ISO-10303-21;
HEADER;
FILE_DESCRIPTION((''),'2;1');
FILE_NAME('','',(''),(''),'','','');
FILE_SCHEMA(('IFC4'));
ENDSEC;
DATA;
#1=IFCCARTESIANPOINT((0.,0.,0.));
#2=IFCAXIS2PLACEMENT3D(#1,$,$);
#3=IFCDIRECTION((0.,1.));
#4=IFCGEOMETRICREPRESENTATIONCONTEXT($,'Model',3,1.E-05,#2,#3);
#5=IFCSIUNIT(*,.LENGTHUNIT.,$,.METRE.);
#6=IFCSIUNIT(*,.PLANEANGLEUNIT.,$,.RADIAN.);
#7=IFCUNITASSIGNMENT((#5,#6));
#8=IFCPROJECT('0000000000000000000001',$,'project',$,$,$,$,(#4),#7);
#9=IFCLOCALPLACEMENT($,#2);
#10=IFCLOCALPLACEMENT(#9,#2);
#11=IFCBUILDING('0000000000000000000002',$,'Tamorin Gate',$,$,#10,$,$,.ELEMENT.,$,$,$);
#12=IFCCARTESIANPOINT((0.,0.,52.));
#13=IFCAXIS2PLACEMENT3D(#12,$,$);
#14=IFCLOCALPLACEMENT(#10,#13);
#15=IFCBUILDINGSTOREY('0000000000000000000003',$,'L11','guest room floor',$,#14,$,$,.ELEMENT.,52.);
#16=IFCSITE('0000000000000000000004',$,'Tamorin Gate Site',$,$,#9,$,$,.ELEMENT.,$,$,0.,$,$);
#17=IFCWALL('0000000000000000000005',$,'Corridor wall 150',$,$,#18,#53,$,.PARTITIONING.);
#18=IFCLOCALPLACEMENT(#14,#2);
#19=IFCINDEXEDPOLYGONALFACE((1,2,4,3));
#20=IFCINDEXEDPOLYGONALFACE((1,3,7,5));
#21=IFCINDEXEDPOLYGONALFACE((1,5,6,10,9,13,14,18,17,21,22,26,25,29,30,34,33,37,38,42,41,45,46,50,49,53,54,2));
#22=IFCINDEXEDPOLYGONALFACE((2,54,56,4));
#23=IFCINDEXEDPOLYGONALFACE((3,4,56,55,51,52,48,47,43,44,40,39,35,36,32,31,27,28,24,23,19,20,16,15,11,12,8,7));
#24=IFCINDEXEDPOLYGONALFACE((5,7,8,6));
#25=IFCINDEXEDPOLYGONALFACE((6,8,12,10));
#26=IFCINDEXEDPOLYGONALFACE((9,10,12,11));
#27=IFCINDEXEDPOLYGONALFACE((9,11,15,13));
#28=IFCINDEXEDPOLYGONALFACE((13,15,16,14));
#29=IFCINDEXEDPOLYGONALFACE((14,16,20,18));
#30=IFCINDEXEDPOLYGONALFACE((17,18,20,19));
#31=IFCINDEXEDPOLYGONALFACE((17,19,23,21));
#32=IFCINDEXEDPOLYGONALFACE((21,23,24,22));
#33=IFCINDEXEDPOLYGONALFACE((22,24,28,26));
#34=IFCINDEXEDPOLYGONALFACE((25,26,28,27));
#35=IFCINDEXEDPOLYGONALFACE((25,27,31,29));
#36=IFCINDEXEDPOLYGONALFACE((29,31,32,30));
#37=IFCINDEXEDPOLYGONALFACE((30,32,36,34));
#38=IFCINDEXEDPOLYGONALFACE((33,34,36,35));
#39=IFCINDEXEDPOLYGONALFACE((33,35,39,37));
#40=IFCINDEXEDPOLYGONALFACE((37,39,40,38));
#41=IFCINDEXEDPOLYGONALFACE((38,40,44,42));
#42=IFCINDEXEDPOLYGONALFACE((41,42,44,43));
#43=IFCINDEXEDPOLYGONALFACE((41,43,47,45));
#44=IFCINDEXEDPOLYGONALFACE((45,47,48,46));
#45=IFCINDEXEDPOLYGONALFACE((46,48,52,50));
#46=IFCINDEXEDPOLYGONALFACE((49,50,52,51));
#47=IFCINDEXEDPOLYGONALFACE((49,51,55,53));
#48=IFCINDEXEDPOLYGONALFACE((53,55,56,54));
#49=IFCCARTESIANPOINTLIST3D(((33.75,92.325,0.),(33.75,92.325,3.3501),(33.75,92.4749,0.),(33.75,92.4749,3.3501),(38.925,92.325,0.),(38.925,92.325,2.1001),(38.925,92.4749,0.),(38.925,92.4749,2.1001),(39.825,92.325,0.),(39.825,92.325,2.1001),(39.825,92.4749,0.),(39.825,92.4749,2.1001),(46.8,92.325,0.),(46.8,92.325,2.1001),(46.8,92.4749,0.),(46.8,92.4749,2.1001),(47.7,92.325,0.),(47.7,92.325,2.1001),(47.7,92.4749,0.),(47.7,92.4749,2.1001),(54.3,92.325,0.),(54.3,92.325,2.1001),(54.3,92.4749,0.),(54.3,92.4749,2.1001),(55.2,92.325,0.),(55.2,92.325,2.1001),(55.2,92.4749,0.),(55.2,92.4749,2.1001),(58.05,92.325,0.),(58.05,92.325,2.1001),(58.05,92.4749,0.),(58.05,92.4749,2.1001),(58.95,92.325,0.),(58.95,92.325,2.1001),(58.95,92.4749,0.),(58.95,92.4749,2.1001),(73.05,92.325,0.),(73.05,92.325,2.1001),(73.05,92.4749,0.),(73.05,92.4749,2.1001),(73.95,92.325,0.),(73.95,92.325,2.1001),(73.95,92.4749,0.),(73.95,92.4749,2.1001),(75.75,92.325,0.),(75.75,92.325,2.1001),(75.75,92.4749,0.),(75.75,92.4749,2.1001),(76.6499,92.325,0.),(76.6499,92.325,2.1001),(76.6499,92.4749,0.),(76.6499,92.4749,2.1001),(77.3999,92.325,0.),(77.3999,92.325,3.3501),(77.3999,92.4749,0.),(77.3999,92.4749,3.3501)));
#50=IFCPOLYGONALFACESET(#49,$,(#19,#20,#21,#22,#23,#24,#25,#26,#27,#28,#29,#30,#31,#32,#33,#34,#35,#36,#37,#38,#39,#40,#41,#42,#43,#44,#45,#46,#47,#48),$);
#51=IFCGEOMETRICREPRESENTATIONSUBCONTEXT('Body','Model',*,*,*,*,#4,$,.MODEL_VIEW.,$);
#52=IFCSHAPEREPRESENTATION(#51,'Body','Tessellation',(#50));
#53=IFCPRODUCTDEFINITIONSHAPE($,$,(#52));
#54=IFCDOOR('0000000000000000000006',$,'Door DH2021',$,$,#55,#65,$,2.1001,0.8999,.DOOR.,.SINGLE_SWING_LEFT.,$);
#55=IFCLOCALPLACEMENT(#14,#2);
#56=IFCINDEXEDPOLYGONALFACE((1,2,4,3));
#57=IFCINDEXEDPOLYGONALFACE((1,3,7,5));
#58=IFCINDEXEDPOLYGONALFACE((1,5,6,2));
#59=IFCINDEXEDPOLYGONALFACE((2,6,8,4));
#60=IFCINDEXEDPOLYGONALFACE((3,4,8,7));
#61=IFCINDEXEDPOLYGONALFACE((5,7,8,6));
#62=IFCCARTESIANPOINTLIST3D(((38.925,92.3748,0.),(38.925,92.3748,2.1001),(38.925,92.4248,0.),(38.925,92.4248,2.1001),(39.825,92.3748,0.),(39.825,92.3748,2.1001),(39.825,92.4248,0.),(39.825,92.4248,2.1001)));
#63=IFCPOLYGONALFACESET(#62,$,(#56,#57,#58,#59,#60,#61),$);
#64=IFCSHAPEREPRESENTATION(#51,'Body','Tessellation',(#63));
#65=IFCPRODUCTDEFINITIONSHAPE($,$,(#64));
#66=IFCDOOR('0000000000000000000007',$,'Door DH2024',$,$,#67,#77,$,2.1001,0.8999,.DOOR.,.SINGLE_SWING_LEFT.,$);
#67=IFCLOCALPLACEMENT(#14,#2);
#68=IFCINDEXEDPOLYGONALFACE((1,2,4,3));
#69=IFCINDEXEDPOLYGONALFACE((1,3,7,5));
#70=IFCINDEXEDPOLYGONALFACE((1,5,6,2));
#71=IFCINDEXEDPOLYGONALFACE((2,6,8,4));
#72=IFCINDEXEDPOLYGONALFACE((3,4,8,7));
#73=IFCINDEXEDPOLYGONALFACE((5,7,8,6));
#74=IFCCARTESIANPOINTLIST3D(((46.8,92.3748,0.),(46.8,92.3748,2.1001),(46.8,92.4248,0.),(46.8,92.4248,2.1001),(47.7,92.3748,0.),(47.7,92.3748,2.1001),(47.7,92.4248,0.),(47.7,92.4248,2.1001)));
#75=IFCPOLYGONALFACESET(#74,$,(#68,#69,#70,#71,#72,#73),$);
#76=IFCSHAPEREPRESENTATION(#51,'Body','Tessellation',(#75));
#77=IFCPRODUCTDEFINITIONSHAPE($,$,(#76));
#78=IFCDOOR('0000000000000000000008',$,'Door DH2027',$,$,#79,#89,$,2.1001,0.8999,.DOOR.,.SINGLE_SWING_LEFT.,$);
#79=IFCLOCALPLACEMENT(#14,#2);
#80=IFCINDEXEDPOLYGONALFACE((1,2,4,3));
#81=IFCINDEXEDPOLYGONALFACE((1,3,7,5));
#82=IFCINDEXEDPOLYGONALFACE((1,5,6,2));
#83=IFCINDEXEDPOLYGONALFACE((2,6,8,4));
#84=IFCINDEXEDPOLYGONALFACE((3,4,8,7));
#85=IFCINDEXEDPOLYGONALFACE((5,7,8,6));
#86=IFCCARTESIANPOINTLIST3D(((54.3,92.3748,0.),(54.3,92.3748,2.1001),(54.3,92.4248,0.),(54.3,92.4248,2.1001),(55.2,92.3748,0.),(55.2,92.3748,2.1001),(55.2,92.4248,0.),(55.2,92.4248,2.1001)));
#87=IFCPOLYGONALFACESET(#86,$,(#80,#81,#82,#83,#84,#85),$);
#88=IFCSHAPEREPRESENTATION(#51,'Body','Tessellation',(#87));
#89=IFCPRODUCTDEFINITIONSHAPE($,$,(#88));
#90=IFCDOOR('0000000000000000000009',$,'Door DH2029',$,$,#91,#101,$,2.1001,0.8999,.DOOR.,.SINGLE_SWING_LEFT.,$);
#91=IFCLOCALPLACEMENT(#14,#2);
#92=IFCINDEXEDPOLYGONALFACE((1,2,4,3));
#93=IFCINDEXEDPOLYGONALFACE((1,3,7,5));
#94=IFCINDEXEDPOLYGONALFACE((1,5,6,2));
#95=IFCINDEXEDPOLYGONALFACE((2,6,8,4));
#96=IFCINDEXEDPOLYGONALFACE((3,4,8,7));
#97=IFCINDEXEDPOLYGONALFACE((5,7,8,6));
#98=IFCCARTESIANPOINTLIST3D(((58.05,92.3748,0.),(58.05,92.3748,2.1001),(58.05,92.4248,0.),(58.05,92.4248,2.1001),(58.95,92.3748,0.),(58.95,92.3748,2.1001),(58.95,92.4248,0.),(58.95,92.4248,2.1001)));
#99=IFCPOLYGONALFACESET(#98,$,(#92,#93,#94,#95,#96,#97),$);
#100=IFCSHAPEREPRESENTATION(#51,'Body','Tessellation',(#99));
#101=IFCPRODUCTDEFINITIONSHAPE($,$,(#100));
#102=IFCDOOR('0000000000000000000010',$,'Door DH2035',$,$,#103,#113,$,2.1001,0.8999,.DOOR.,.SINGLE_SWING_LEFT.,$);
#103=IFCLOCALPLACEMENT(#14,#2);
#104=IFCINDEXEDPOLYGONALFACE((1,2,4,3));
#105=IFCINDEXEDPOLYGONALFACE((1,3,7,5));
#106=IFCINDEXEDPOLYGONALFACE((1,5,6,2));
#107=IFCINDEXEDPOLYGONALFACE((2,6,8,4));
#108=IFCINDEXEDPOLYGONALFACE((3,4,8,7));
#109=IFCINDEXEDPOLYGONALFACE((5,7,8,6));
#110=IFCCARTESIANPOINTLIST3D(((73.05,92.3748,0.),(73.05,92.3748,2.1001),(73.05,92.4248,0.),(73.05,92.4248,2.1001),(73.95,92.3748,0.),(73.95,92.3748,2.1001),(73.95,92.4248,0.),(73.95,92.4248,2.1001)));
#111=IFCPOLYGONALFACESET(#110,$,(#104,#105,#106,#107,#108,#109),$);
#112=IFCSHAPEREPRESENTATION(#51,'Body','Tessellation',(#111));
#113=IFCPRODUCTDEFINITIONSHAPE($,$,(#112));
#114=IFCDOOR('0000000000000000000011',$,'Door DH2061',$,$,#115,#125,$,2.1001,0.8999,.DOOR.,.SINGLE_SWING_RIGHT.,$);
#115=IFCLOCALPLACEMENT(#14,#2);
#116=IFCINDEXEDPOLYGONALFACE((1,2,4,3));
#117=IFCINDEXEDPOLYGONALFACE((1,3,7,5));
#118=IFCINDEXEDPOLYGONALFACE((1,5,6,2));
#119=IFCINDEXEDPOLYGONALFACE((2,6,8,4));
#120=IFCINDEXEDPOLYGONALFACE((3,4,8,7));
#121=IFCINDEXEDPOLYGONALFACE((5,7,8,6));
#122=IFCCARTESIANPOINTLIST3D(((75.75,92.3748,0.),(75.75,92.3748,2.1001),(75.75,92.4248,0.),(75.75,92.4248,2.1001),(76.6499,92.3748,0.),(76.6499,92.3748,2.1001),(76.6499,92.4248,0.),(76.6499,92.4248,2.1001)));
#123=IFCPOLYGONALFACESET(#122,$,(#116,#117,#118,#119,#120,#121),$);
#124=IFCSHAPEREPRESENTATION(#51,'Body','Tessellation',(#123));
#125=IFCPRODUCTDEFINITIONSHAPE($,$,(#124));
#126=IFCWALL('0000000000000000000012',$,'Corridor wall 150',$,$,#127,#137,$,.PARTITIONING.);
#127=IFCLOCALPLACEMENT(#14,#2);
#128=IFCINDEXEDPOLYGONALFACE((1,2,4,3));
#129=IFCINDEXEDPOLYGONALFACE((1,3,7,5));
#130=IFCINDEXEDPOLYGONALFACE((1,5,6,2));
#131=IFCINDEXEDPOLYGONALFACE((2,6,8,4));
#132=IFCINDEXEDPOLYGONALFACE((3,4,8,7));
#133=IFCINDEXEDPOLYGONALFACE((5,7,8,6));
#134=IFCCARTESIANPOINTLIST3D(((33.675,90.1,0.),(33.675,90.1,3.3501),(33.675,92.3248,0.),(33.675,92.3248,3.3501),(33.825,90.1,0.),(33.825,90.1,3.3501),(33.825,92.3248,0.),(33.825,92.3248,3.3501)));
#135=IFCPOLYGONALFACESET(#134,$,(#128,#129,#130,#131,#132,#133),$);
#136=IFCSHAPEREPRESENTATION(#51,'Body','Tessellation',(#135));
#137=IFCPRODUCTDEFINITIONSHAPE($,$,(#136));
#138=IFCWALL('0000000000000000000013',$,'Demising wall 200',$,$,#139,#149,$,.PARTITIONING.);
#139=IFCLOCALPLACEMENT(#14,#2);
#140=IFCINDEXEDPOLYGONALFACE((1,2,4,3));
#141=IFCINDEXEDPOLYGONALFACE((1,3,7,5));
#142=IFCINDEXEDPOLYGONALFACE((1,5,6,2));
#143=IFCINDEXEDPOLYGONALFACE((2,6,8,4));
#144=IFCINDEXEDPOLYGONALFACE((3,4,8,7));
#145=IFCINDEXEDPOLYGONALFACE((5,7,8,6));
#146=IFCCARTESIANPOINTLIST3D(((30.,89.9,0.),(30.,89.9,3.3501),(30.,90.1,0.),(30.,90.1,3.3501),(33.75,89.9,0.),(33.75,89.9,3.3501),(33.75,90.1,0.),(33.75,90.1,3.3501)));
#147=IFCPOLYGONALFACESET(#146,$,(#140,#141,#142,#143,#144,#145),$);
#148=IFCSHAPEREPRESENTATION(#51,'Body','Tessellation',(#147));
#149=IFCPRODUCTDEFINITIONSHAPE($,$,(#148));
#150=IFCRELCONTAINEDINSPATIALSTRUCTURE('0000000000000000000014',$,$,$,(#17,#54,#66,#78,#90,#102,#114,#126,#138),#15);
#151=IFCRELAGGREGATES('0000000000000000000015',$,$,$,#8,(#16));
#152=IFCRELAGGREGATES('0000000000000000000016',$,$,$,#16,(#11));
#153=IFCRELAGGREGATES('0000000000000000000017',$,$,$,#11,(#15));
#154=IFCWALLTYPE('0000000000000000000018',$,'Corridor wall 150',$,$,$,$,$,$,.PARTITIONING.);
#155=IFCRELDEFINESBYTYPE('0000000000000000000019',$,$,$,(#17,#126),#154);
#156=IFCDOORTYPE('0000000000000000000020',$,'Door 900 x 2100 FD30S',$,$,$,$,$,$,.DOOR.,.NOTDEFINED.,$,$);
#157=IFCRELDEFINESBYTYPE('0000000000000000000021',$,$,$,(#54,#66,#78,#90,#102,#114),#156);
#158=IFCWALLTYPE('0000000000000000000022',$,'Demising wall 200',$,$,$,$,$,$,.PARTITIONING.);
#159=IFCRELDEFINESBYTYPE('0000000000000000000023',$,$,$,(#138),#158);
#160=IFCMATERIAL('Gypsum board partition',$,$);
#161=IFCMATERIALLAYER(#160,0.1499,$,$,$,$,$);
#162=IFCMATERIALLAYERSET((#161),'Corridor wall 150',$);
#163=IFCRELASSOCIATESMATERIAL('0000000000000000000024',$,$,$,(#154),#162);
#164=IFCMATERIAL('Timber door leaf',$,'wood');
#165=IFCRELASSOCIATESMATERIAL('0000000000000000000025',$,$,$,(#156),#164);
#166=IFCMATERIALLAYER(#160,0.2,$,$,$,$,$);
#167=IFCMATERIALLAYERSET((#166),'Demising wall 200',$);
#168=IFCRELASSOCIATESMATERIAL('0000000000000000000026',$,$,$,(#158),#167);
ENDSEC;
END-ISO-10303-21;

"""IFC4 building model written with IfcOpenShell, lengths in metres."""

from ifc_helpers import new_model, si_unit, direction, frame, frame_2d, origin, place, context, subcontext, project, spatial, rectangle, extrude, material, layer, layer_set, type_object, element, fill, save


model = new_model("IFC4")

# Units and contexts
model_context = context("Model", 3, precision=1e-05, world=origin(), true_north=direction((0.0, 1.0)))
body_context = subcontext(model_context, "Body", "Model", "MODEL_VIEW")
ifc_project = project(units=[si_unit("LENGTHUNIT", "METRE"), si_unit("PLANEANGLEUNIT", "RADIAN")], contexts=[model_context])

# Site, building, storey
site_placement = place(None, origin())
site = spatial("IfcSite", under=ifc_project, at=site_placement, Name="Tamorin Gate Site", CompositionType="ELEMENT", RefElevation=0.0)
building_placement = place(site_placement, origin())
building = spatial("IfcBuilding", under=site, at=building_placement, Name="Tamorin Gate", CompositionType="ELEMENT")
storey_placement = place(building_placement, frame((0.0, 0.0, 52.0)))
storey = spatial("IfcBuildingStorey", under=building, at=storey_placement, Name="L11", Description="guest room floor", CompositionType="ELEMENT", Elevation=52.0)

# Wall, openings, doors
ifc_material_1 = material(Name="Gypsum board partition")
ifc_layer_1 = layer(ifc_material_1, 0.1499)
ifc_layer_set_1 = layer_set([ifc_layer_1], Name="Corridor wall 150")
wall_type_1 = type_object("IfcWallType", Name="Corridor wall 150", PredefinedType="PARTITIONING", material=ifc_layer_set_1)
ifc_material_2 = material(Name="Timber door leaf", Category="wood")
door_type_1 = type_object("IfcDoorType", Name="Door 900 x 2100 FD30S", OperationType="NOTDEFINED", PredefinedType="DOOR", material=ifc_material_2)
wall_1_placement = place(storey_placement, frame((33.75, 92.3999, 0.0), z_axis=(0.0, 0.0, 1.0), x_axis=(1.0, 0.0, 0.0)))
wall_1 = element("IfcWall", 1, at=wall_1_placement, inside=storey, type_object=wall_type_1, Name="Corridor wall 150", PredefinedType="PARTITIONING", context=body_context, shape_type="SweptSolid", body=[
    extrude(rectangle(XDim=43.6499, YDim=0.1499, at=frame_2d((21.825, 0.0))), origin(), (0.0, 0.0, 1.0), 3.3501),
])
opening_1_placement = place(wall_1_placement, frame((5.175, 0.0, 0.0)))
opening_1 = element("IfcOpeningElement", 2, at=opening_1_placement, cuts=wall_1, PredefinedType="OPENING", context=body_context, shape_type="SweptSolid", body=[
    extrude(rectangle(XDim=0.8999, YDim=2.1001, at=frame_2d((0.45, 1.05))), frame((0.0, 0.085, 0.0), z_axis=(0.0, -1.0, 0.0), x_axis=(1.0, 0.0, 0.0)), (0.0, 0.0, 1.0), 0.1699),
])
opening_2_placement = place(wall_1_placement, frame((13.05, 0.0, 0.0)))
opening_2 = element("IfcOpeningElement", 3, at=opening_2_placement, cuts=wall_1, PredefinedType="OPENING", context=body_context, shape_type="SweptSolid", body=[
    extrude(rectangle(XDim=0.8999, YDim=2.1001, at=frame_2d((0.45, 1.05))), frame((0.0, 0.085, 0.0), z_axis=(0.0, -1.0, 0.0), x_axis=(1.0, 0.0, 0.0)), (0.0, 0.0, 1.0), 0.1699),
])
opening_3_placement = place(wall_1_placement, frame((20.55, 0.0, 0.0)))
opening_3 = element("IfcOpeningElement", 4, at=opening_3_placement, cuts=wall_1, PredefinedType="OPENING", context=body_context, shape_type="SweptSolid", body=[
    extrude(rectangle(XDim=0.8999, YDim=2.1001, at=frame_2d((0.45, 1.05))), frame((0.0, 0.085, 0.0), z_axis=(0.0, -1.0, 0.0), x_axis=(1.0, 0.0, 0.0)), (0.0, 0.0, 1.0), 0.1699),
])
opening_4_placement = place(wall_1_placement, frame((24.3, 0.0, 0.0)))
opening_4 = element("IfcOpeningElement", 5, at=opening_4_placement, cuts=wall_1, PredefinedType="OPENING", context=body_context, shape_type="SweptSolid", body=[
    extrude(rectangle(XDim=0.8999, YDim=2.1001, at=frame_2d((0.45, 1.05))), frame((0.0, 0.085, 0.0), z_axis=(0.0, -1.0, 0.0), x_axis=(1.0, 0.0, 0.0)), (0.0, 0.0, 1.0), 0.1699),
])
opening_5_placement = place(wall_1_placement, frame((39.3, 0.0, 0.0)))
opening_5 = element("IfcOpeningElement", 6, at=opening_5_placement, cuts=wall_1, PredefinedType="OPENING", context=body_context, shape_type="SweptSolid", body=[
    extrude(rectangle(XDim=0.8999, YDim=2.1001, at=frame_2d((0.45, 1.05))), frame((0.0, 0.085, 0.0), z_axis=(0.0, -1.0, 0.0), x_axis=(1.0, 0.0, 0.0)), (0.0, 0.0, 1.0), 0.1699),
])
opening_6_placement = place(wall_1_placement, frame((42.0, 0.0, 0.0)))
opening_6 = element("IfcOpeningElement", 7, at=opening_6_placement, cuts=wall_1, PredefinedType="OPENING", context=body_context, shape_type="SweptSolid", body=[
    extrude(rectangle(XDim=0.8999, YDim=2.1001, at=frame_2d((0.45, 1.05))), frame((0.0, 0.085, 0.0), z_axis=(0.0, -1.0, 0.0), x_axis=(1.0, 0.0, 0.0)), (0.0, 0.0, 1.0), 0.1699),
])
door_1_placement = place(opening_1_placement, origin())
door_1 = element("IfcDoor", 8, at=door_1_placement, inside=storey, type_object=door_type_1, Name="Door DH2021", OperationType="SINGLE_SWING_LEFT", OverallHeight=2.1001, OverallWidth=0.8999, PredefinedType="DOOR", context=body_context, shape_type="SweptSolid", body=[
    extrude(rectangle(XDim=0.8999, YDim=2.1001, at=frame_2d((0.45, 1.05))), frame((0.0, 0.0249, 0.0), z_axis=(0.0, -1.0, 0.0), x_axis=(1.0, 0.0, 0.0)), (0.0, 0.0, 1.0), 0.05),
])
fill(opening_1, door_1)
door_2_placement = place(opening_2_placement, origin())
door_2 = element("IfcDoor", 9, at=door_2_placement, inside=storey, type_object=door_type_1, Name="Door DH2024", OperationType="SINGLE_SWING_LEFT", OverallHeight=2.1001, OverallWidth=0.8999, PredefinedType="DOOR", context=body_context, shape_type="SweptSolid", body=[
    extrude(rectangle(XDim=0.8999, YDim=2.1001, at=frame_2d((0.45, 1.05))), frame((0.0, 0.0249, 0.0), z_axis=(0.0, -1.0, 0.0), x_axis=(1.0, 0.0, 0.0)), (0.0, 0.0, 1.0), 0.05),
])
fill(opening_2, door_2)
door_3_placement = place(opening_3_placement, origin())
door_3 = element("IfcDoor", 10, at=door_3_placement, inside=storey, type_object=door_type_1, Name="Door DH2027", OperationType="SINGLE_SWING_LEFT", OverallHeight=2.1001, OverallWidth=0.8999, PredefinedType="DOOR", context=body_context, shape_type="SweptSolid", body=[
    extrude(rectangle(XDim=0.8999, YDim=2.1001, at=frame_2d((0.45, 1.05))), frame((0.0, 0.0249, 0.0), z_axis=(0.0, -1.0, 0.0), x_axis=(1.0, 0.0, 0.0)), (0.0, 0.0, 1.0), 0.05),
])
fill(opening_3, door_3)
door_4_placement = place(opening_4_placement, origin())
door_4 = element("IfcDoor", 11, at=door_4_placement, inside=storey, type_object=door_type_1, Name="Door DH2029", OperationType="SINGLE_SWING_LEFT", OverallHeight=2.1001, OverallWidth=0.8999, PredefinedType="DOOR", context=body_context, shape_type="SweptSolid", body=[
    extrude(rectangle(XDim=0.8999, YDim=2.1001, at=frame_2d((0.45, 1.05))), frame((0.0, 0.0249, 0.0), z_axis=(0.0, -1.0, 0.0), x_axis=(1.0, 0.0, 0.0)), (0.0, 0.0, 1.0), 0.05),
])
fill(opening_4, door_4)
door_5_placement = place(opening_5_placement, origin())
door_5 = element("IfcDoor", 12, at=door_5_placement, inside=storey, type_object=door_type_1, Name="Door DH2035", OperationType="SINGLE_SWING_LEFT", OverallHeight=2.1001, OverallWidth=0.8999, PredefinedType="DOOR", context=body_context, shape_type="SweptSolid", body=[
    extrude(rectangle(XDim=0.8999, YDim=2.1001, at=frame_2d((0.45, 1.05))), frame((0.0, 0.0249, 0.0), z_axis=(0.0, -1.0, 0.0), x_axis=(1.0, 0.0, 0.0)), (0.0, 0.0, 1.0), 0.05),
])
fill(opening_5, door_5)
door_6_placement = place(opening_6_placement, origin())
door_6 = element("IfcDoor", 13, at=door_6_placement, inside=storey, type_object=door_type_1, Name="Door DH2061", OperationType="SINGLE_SWING_RIGHT", OverallHeight=2.1001, OverallWidth=0.8999, PredefinedType="DOOR", context=body_context, shape_type="SweptSolid", body=[
    extrude(rectangle(XDim=0.8999, YDim=2.1001, at=frame_2d((0.45, 1.05))), frame((0.0, 0.0249, 0.0), z_axis=(0.0, -1.0, 0.0), x_axis=(1.0, 0.0, 0.0)), (0.0, 0.0, 1.0), 0.05),
])
fill(opening_6, door_6)

# Walls
wall_2_placement = place(storey_placement, frame((33.75, 90.1001, 0.0), z_axis=(0.0, 0.0, 1.0), x_axis=(0.0, 1.0, 0.0)))
element("IfcWall", 14, at=wall_2_placement, inside=storey, type_object=wall_type_1, Name="Corridor wall 150", PredefinedType="PARTITIONING", context=body_context, shape_type="SweptSolid", body=[
    extrude(rectangle(XDim=2.2249, YDim=0.1499, at=frame_2d((1.1123, 0.0))), origin(), (0.0, 0.0, 1.0), 3.3501),
])
ifc_layer_2 = layer(ifc_material_1, 0.2)
ifc_layer_set_2 = layer_set([ifc_layer_2], Name="Demising wall 200")
wall_type_2 = type_object("IfcWallType", Name="Demising wall 200", PredefinedType="PARTITIONING", material=ifc_layer_set_2)
wall_3_placement = place(storey_placement, frame((30.0, 90.0, 0.0), z_axis=(0.0, 0.0, 1.0), x_axis=(1.0, 0.0, 0.0)))
element("IfcWall", 15, at=wall_3_placement, inside=storey, type_object=wall_type_2, Name="Demising wall 200", PredefinedType="PARTITIONING", context=body_context, shape_type="SweptSolid", body=[
    extrude(rectangle(XDim=3.75, YDim=0.2, at=frame_2d((1.875, 0.0))), origin(), (0.0, 0.0, 1.0), 3.3501),
])

save(model, "model.ifc")
